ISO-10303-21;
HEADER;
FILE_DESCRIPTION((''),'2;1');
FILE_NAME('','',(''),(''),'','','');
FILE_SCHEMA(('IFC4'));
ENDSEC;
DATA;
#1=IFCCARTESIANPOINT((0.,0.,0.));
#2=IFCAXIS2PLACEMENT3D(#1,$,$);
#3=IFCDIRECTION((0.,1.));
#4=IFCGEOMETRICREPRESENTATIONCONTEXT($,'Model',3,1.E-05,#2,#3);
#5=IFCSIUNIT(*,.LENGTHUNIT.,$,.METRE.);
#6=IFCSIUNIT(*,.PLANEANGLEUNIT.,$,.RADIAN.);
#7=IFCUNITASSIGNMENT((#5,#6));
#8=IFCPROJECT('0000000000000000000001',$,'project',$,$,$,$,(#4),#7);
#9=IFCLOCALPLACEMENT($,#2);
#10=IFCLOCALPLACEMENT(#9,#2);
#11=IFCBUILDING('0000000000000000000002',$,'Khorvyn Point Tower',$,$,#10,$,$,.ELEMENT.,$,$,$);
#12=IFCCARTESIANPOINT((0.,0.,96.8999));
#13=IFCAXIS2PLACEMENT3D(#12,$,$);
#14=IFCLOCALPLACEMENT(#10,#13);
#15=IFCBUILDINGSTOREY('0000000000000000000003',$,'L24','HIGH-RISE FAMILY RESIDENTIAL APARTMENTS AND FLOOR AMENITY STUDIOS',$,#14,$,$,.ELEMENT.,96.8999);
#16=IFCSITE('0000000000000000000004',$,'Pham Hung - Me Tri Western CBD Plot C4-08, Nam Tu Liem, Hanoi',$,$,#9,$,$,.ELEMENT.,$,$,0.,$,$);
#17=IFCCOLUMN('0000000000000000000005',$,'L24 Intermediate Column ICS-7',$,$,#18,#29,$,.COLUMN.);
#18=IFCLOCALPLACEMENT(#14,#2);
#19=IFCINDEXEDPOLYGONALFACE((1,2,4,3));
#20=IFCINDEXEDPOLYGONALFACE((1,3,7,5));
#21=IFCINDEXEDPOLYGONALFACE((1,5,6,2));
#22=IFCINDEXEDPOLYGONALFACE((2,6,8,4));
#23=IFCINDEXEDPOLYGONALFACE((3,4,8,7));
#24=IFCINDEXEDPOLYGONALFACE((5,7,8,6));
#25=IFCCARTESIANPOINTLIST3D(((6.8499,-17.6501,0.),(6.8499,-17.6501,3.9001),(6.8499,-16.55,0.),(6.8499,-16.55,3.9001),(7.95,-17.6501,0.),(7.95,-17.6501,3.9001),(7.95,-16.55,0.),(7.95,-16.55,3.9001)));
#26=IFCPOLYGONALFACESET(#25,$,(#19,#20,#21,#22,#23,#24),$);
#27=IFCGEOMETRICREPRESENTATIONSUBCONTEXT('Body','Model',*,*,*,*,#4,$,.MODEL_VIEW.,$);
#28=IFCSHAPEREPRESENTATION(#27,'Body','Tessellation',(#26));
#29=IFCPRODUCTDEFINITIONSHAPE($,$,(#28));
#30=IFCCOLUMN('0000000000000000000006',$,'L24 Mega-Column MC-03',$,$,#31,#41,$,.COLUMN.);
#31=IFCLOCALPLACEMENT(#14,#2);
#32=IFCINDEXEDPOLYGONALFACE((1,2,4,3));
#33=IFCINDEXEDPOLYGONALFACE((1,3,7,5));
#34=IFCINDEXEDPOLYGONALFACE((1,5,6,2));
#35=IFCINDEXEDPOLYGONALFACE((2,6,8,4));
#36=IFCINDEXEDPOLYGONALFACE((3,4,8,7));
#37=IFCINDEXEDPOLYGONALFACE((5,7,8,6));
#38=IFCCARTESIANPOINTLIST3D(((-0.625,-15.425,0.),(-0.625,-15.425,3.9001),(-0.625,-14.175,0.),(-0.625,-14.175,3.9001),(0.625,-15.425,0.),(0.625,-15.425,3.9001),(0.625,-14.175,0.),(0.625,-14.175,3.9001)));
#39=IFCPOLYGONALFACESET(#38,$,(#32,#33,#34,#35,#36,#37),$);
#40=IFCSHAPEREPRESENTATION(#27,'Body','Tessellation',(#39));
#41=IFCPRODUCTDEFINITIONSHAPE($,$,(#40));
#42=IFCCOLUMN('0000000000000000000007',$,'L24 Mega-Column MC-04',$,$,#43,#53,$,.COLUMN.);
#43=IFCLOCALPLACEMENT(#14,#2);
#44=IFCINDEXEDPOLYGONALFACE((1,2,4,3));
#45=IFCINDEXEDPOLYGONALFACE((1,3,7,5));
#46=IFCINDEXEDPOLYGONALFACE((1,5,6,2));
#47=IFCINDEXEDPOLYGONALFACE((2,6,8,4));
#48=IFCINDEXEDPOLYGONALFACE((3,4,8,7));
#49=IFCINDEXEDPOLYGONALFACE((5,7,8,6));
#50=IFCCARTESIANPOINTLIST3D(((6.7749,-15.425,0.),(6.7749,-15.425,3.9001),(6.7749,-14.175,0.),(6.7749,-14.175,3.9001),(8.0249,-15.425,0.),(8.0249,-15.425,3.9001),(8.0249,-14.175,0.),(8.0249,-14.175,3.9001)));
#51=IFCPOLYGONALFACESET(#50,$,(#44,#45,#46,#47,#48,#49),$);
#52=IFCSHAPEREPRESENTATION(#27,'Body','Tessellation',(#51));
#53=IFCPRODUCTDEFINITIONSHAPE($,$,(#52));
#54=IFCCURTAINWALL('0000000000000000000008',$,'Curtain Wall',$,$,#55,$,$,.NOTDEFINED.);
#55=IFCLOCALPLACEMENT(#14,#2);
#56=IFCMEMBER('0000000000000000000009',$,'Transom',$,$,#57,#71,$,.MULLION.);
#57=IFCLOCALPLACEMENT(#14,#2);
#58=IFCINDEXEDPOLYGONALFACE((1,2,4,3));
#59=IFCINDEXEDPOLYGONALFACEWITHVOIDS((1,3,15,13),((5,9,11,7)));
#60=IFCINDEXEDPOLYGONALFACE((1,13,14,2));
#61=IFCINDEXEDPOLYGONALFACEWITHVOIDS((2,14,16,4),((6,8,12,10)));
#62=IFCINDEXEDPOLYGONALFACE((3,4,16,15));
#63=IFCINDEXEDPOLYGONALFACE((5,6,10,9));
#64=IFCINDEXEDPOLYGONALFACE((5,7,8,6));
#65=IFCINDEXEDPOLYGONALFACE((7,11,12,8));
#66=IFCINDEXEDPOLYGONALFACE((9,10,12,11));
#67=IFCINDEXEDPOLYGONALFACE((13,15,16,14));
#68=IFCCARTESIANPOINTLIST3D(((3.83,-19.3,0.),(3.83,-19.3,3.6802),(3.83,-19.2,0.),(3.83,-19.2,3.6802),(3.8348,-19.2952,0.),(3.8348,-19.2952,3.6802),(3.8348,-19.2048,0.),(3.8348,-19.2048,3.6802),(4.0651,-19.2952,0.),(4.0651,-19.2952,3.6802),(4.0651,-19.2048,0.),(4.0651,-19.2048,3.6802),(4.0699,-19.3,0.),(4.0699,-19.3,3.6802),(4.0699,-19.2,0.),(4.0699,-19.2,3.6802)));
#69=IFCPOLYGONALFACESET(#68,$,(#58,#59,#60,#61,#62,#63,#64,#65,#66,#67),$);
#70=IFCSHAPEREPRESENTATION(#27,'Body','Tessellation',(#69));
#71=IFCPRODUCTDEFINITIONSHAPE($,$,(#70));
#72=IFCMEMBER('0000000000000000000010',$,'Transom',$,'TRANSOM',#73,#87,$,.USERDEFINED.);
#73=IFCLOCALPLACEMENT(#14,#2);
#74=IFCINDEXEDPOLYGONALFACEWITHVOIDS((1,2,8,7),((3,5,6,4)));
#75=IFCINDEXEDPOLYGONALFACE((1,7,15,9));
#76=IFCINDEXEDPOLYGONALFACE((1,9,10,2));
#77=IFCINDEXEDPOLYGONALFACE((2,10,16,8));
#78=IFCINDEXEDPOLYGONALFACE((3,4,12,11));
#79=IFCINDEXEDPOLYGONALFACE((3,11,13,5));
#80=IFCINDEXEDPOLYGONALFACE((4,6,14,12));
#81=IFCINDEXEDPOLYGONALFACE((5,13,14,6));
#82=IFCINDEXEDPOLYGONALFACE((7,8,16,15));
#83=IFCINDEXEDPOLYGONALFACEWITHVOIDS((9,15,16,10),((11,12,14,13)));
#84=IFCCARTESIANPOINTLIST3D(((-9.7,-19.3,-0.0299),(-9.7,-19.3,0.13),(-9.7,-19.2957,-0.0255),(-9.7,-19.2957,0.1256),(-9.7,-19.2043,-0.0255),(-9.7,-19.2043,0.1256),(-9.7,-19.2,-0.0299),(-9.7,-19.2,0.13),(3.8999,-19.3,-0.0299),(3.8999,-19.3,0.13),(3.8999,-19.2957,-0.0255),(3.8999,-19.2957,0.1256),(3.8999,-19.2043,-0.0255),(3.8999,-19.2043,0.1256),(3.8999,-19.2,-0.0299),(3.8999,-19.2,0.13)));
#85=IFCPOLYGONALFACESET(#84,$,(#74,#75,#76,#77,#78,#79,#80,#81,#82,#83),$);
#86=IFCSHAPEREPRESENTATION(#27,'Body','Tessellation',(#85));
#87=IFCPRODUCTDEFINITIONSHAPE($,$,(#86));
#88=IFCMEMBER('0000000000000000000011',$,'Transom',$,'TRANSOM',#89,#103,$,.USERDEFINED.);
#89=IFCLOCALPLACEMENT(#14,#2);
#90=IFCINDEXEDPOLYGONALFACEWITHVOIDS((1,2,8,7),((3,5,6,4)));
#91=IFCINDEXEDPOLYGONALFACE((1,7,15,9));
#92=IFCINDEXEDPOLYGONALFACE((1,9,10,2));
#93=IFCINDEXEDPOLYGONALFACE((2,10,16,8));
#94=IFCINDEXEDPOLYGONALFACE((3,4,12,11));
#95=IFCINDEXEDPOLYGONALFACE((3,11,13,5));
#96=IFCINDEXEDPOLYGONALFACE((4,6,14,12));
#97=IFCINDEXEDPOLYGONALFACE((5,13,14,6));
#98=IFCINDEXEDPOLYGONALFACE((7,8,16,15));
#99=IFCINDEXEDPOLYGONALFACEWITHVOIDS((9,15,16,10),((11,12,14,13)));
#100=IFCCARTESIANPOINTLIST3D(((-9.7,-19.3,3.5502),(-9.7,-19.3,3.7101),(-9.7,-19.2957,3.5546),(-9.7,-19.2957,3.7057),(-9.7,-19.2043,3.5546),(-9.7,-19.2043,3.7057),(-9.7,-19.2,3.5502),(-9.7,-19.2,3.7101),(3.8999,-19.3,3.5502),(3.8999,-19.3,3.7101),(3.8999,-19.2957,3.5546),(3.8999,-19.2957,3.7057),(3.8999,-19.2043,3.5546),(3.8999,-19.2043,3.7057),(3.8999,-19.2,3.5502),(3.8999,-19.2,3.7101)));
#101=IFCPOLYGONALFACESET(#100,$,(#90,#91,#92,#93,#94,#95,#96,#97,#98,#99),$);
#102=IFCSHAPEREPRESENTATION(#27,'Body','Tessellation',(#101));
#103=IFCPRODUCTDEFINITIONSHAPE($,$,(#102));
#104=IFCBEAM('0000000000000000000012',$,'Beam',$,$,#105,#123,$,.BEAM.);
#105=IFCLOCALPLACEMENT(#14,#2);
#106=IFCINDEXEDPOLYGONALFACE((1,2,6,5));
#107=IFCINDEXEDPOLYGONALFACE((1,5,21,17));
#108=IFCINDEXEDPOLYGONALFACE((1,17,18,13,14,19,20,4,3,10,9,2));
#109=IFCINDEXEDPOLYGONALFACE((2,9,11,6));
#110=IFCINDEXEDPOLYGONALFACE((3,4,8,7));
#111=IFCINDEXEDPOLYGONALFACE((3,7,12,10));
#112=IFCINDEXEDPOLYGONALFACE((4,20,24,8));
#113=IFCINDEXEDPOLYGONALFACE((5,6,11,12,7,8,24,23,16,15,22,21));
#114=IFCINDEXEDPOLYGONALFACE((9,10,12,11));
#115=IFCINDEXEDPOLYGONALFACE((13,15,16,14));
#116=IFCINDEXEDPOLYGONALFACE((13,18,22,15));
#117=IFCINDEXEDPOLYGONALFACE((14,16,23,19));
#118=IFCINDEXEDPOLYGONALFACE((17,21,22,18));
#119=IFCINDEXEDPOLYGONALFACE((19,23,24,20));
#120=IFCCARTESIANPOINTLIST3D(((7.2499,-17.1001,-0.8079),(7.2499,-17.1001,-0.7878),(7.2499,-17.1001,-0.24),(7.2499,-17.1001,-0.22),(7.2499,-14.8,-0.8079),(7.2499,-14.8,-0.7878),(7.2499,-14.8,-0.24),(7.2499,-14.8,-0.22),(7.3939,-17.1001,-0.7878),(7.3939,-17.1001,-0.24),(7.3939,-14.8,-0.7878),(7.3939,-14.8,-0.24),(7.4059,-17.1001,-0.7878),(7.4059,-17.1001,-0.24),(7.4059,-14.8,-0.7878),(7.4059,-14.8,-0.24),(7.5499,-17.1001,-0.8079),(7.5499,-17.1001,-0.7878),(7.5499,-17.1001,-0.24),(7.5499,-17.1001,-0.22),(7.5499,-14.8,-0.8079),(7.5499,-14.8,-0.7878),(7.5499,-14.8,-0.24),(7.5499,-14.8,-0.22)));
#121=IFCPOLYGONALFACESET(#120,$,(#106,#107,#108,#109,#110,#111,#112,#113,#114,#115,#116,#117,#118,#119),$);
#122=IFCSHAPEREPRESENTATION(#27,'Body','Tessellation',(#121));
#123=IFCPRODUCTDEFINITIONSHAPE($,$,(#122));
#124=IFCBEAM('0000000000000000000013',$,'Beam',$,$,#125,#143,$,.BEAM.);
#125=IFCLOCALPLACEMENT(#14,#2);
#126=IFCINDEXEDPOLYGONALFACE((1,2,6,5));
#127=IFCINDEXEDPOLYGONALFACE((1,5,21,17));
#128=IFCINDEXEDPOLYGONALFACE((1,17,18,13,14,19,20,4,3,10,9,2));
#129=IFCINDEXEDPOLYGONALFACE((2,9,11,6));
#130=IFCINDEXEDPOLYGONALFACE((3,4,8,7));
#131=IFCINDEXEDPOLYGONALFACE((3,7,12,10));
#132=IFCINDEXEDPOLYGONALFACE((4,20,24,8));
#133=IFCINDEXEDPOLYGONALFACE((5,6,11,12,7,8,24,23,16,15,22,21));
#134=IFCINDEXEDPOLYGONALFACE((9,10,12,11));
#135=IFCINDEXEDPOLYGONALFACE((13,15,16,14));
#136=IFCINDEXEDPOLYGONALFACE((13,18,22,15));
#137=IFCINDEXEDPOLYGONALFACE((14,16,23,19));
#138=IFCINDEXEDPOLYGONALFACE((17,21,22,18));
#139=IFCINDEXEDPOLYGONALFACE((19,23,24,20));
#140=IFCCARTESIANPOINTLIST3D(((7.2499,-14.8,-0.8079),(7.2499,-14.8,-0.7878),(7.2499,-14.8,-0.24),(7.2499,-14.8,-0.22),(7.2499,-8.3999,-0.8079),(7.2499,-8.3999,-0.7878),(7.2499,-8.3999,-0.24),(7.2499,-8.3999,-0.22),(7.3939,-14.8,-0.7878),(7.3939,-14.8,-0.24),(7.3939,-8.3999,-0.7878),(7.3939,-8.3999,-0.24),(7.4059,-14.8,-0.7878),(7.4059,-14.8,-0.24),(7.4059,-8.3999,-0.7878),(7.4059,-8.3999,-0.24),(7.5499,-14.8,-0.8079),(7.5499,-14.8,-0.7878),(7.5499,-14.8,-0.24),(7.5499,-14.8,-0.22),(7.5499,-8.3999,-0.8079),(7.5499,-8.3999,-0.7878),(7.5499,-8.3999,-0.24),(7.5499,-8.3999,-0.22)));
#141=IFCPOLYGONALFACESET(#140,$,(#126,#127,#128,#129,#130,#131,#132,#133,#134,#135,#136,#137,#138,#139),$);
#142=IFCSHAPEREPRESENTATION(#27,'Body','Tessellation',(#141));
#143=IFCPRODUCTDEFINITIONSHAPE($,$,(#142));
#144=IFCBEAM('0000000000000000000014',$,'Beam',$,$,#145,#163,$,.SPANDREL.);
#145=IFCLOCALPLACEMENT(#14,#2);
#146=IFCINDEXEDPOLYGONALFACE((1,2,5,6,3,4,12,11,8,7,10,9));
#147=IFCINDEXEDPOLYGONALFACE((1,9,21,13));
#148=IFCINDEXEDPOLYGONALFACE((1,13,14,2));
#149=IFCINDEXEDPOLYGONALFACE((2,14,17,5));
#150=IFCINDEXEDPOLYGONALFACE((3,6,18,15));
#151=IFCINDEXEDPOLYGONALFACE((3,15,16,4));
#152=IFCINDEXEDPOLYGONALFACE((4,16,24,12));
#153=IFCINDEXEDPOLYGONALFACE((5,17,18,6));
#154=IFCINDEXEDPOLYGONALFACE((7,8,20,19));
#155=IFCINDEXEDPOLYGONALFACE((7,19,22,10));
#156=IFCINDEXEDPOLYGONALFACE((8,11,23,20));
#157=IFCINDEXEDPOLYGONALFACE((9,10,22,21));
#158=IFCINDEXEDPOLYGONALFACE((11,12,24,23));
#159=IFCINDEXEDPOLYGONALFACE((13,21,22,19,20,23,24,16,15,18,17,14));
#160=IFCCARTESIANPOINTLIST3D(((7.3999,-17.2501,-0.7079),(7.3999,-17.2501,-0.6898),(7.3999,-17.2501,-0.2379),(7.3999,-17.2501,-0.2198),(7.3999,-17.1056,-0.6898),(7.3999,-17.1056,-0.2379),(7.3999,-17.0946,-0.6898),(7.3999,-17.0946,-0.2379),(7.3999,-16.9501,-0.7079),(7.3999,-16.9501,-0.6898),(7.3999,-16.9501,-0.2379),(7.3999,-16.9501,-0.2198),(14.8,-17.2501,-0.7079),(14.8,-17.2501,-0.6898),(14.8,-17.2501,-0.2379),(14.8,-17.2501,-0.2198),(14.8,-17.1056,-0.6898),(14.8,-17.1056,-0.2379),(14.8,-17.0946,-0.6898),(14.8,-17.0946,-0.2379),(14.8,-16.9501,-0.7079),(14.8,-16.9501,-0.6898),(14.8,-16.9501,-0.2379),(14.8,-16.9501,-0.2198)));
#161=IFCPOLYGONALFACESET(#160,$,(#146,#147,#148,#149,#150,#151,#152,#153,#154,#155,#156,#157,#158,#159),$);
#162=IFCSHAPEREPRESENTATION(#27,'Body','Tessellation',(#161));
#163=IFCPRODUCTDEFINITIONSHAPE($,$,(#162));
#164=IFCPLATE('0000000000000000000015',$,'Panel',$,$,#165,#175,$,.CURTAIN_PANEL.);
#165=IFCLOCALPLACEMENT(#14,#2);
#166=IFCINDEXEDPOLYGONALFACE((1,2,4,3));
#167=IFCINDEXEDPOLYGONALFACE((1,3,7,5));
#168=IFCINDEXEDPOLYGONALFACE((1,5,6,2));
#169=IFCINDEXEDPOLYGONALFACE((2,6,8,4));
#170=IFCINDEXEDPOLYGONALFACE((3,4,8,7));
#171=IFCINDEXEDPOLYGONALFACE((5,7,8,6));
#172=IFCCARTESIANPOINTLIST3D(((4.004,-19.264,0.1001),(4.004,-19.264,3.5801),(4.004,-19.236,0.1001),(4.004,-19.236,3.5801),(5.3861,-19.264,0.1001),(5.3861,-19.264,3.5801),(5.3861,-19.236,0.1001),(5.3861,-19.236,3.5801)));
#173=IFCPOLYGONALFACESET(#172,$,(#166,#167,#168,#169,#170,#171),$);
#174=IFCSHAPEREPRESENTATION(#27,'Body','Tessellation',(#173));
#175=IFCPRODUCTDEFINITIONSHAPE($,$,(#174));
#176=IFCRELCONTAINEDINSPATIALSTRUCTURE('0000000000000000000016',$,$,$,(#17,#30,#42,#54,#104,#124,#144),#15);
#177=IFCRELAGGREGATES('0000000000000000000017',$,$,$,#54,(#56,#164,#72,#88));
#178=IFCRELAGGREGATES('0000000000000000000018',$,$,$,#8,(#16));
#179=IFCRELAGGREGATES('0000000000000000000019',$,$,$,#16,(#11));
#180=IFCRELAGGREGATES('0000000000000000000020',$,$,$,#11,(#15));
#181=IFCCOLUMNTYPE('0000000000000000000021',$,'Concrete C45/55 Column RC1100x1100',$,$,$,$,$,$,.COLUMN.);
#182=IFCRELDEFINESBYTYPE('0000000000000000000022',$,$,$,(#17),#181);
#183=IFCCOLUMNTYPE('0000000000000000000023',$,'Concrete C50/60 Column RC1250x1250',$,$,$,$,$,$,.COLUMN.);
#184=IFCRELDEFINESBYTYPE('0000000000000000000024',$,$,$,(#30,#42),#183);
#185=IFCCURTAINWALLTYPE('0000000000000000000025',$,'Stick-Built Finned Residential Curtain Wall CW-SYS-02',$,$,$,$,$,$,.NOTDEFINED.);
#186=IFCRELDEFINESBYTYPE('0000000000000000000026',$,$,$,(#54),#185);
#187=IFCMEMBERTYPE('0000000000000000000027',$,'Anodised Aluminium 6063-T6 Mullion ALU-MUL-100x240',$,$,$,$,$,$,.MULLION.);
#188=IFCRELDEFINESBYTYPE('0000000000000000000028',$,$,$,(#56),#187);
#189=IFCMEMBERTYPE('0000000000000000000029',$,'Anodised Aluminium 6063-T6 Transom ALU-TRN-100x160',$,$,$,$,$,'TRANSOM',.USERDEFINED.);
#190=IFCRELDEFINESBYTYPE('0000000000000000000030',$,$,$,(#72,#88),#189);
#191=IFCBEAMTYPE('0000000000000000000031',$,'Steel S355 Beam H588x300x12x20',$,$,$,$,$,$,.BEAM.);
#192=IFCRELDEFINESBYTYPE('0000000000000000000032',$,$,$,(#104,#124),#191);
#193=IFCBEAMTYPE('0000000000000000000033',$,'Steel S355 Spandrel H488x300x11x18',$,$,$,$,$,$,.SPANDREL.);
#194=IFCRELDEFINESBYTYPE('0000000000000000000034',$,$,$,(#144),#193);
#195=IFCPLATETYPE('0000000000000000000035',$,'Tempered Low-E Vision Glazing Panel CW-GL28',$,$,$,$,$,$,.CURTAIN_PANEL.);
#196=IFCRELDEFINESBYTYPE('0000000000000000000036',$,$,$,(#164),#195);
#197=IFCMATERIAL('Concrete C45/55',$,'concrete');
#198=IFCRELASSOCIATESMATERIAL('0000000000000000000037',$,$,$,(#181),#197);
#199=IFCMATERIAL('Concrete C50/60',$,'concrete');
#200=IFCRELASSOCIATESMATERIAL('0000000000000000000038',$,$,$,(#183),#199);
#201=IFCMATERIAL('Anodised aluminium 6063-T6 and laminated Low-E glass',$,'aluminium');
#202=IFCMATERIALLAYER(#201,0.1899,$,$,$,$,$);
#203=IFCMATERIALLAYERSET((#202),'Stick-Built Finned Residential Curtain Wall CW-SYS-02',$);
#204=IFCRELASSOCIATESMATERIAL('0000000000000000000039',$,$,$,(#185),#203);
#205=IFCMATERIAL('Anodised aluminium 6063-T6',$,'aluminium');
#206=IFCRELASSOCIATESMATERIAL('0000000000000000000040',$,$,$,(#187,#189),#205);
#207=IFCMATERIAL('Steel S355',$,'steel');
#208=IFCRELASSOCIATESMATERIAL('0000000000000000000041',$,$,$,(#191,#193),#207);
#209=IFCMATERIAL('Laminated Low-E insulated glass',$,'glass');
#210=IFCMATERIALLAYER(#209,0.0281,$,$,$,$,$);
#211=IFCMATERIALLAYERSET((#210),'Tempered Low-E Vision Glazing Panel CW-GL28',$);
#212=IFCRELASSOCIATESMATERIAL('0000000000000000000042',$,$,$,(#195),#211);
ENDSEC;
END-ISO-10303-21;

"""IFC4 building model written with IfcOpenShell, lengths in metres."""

from ifc_helpers import new_model, si_unit, direction, frame, origin, origin_2d, place, context, subcontext, project, spatial, rectangle, hollow_rectangle, i_section, extrude, material, layer, layer_set, material_profile, profile_set, type_object, element, aggregate, save


model = new_model("IFC4")

# Units and contexts
model_context = context("Model", 3, precision=1e-05, world=origin(), true_north=direction((0.0, 1.0)))
body_context = subcontext(model_context, "Body", "Model", "MODEL_VIEW")
ifc_project = project(units=[si_unit("LENGTHUNIT", "METRE"), si_unit("PLANEANGLEUNIT", "RADIAN")], contexts=[model_context])

# Site, building, storey
site_placement = place(None, origin())
site = spatial("IfcSite", under=ifc_project, at=site_placement, Name="Pham Hung - Me Tri Western CBD Plot C4-08, Nam Tu Liem, Hanoi", CompositionType="ELEMENT", RefElevation=0.0)
building_placement = place(site_placement, origin())
building = spatial("IfcBuilding", under=site, at=building_placement, Name="Khorvyn Point Tower", CompositionType="ELEMENT")
storey_placement = place(building_placement, frame((0.0, 0.0, 96.8999)))
storey = spatial("IfcBuildingStorey", under=building, at=storey_placement, Name="L24", Description="HIGH-RISE FAMILY RESIDENTIAL APARTMENTS AND FLOOR AMENITY STUDIOS", CompositionType="ELEMENT", Elevation=96.8999)

# Columns
ifc_material_1 = material(Name="Concrete C45/55", Category="concrete")
ifc_material_profile_1 = material_profile(ifc_material_1, rectangle(XDim=1.1001, YDim=1.1001, at=origin_2d()))
ifc_profile_set_1 = profile_set([ifc_material_profile_1], Name="Concrete C45/55 RC1100x1100")
column_type_1 = type_object("IfcColumnType", Name="Concrete C45/55 Column RC1100x1100", PredefinedType="COLUMN", material=ifc_profile_set_1)
column_placement = place(storey_placement, frame((7.3999, -17.1001, 0.0), z_axis=(0.0, 0.0, 1.0), x_axis=(1.0, 0.0, 0.0)))
element("IfcColumn", 1, at=column_placement, inside=storey, type_object=column_type_1, Name="L24 Intermediate Column ICS-7", PredefinedType="COLUMN", context=body_context, shape_type="SweptSolid", body=[
    extrude(rectangle(XDim=1.1001, YDim=1.1001, at=origin_2d()), origin(), (0.0, 0.0, 1.0), 3.9001),
])
ifc_material_2 = material(Name="Concrete C50/60", Category="concrete")
ifc_material_profile_2 = material_profile(ifc_material_2, rectangle(XDim=1.25, YDim=1.25, at=origin_2d()))
ifc_profile_set_2 = profile_set([ifc_material_profile_2], Name="Concrete C50/60 RC1250x1250")
column_type_2 = type_object("IfcColumnType", Name="Concrete C50/60 Column RC1250x1250", PredefinedType="COLUMN", material=ifc_profile_set_2)
for number, where, z_axis, x_axis, name in (
    (2, (0.0, -14.8, 0.0), (0.0, 0.0, 1.0), (1.0, 0.0, 0.0), "L24 Mega-Column MC-03"),
    (3, (7.3999, -14.8, 0.0), (0.0, 0.0, 1.0), (1.0, 0.0, 0.0), "L24 Mega-Column MC-04"),
):
    element("IfcColumn", number, at=place(storey_placement, frame(where, z_axis=z_axis, x_axis=x_axis)), inside=storey, type_object=column_type_2, Name=name, PredefinedType="COLUMN", context=body_context, shape_type="SweptSolid", body=[
        extrude(rectangle(XDim=1.25, YDim=1.25, at=origin_2d()), origin(), (0.0, 0.0, 1.0), 3.9001),
    ])

# Curtain wall, members
ifc_material_3 = material(Name="Anodised aluminium 6063-T6 and laminated Low-E glass", Category="aluminium")
ifc_layer_1 = layer(ifc_material_3, 0.1899)
ifc_layer_set_1 = layer_set([ifc_layer_1], Name="Stick-Built Finned Residential Curtain Wall CW-SYS-02")
curtain_wall_type = type_object("IfcCurtainWallType", Name="Stick-Built Finned Residential Curtain Wall CW-SYS-02", PredefinedType="NOTDEFINED", material=ifc_layer_set_1)
curtain_wall_placement = place(storey_placement, origin())
curtain_wall = element("IfcCurtainWall", 4, at=curtain_wall_placement, inside=storey, type_object=curtain_wall_type, Name="Curtain Wall", PredefinedType="NOTDEFINED")
ifc_material_4 = material(Name="Anodised aluminium 6063-T6", Category="aluminium")
ifc_material_profile_3 = material_profile(ifc_material_4, hollow_rectangle(XDim=0.1001, YDim=0.24, WallThickness=0.0049, at=origin_2d()))
ifc_profile_set_3 = profile_set([ifc_material_profile_3], Name="Anodised aluminium 6063-T6 ALU-MUL-100x240")
member_type_1 = type_object("IfcMemberType", Name="Anodised Aluminium 6063-T6 Mullion ALU-MUL-100x240", PredefinedType="MULLION", material=ifc_profile_set_3)
member_1_placement = place(storey_placement, frame((3.95, -19.25, 0.0), z_axis=(0.0, 0.0, 1.0), x_axis=(0.0, -1.0, 0.0)))
member_1 = element("IfcMember", 5, at=member_1_placement, type_object=member_type_1, Name="Transom", PredefinedType="MULLION", context=body_context, shape_type="SweptSolid", body=[
    extrude(hollow_rectangle(XDim=0.1001, YDim=0.24, WallThickness=0.0049, at=origin_2d()), origin(), (0.0, 0.0, 1.0), 3.6802),
])
ifc_material_profile_4 = material_profile(ifc_material_4, hollow_rectangle(XDim=0.1001, YDim=0.1599, WallThickness=0.0044, at=origin_2d()))
ifc_profile_set_4 = profile_set([ifc_material_profile_4], Name="Anodised aluminium 6063-T6 ALU-TRN-100x160")
member_type_2 = type_object("IfcMemberType", Name="Anodised Aluminium 6063-T6 Transom ALU-TRN-100x160", ElementType="TRANSOM", PredefinedType="USERDEFINED", material=ifc_profile_set_4)
member_2_placement = place(storey_placement, frame((3.8999, -19.25, 0.05), z_axis=(-1.0, 0.0, 0.0), x_axis=(0.0, -1.0, 0.0)))
member_2 = element("IfcMember", 6, at=member_2_placement, type_object=member_type_2, Name="Transom", ObjectType="TRANSOM", PredefinedType="USERDEFINED", context=body_context, shape_type="SweptSolid", body=[
    extrude(hollow_rectangle(XDim=0.1001, YDim=0.1599, WallThickness=0.0044, at=origin_2d()), origin(), (0.0, 0.0, 1.0), 13.5999),
])
member_3_placement = place(storey_placement, frame((3.8999, -19.25, 3.6301), z_axis=(-1.0, 0.0, 0.0), x_axis=(0.0, -1.0, 0.0)))
member_3 = element("IfcMember", 7, at=member_3_placement, type_object=member_type_2, Name="Transom", ObjectType="TRANSOM", PredefinedType="USERDEFINED", context=body_context, shape_type="SweptSolid", body=[
    extrude(hollow_rectangle(XDim=0.1001, YDim=0.1599, WallThickness=0.0044, at=origin_2d()), origin(), (0.0, 0.0, 1.0), 13.5999),
])

# Beams
ifc_material_5 = material(Name="Steel S355", Category="steel")
ifc_material_profile_5 = material_profile(ifc_material_5, i_section(OverallWidth=0.3, OverallDepth=0.5879, WebThickness=0.012, FlangeThickness=0.02, at=origin_2d()))
ifc_profile_set_5 = profile_set([ifc_material_profile_5], Name="Steel S355 H588x300x12x20")
beam_type_1 = type_object("IfcBeamType", Name="Steel S355 Beam H588x300x12x20", PredefinedType="BEAM", material=ifc_profile_set_5)
beam_1_placement = place(storey_placement, frame((7.3999, -17.1001, -0.5139), z_axis=(0.0, 1.0, 0.0), x_axis=(-1.0, 0.0, 0.0)))
element("IfcBeam", 8, at=beam_1_placement, inside=storey, type_object=beam_type_1, Name="Beam", PredefinedType="BEAM", context=body_context, shape_type="SweptSolid", body=[
    extrude(i_section(OverallWidth=0.3, OverallDepth=0.5879, WebThickness=0.012, FlangeThickness=0.02, at=origin_2d()), origin(), (0.0, 0.0, 1.0), 2.3),
])
beam_2_placement = place(storey_placement, frame((7.3999, -14.8, -0.5139), z_axis=(0.0, 1.0, 0.0), x_axis=(-1.0, 0.0, 0.0)))
element("IfcBeam", 9, at=beam_2_placement, inside=storey, type_object=beam_type_1, Name="Beam", PredefinedType="BEAM", context=body_context, shape_type="SweptSolid", body=[
    extrude(i_section(OverallWidth=0.3, OverallDepth=0.5879, WebThickness=0.012, FlangeThickness=0.02, at=origin_2d()), origin(), (0.0, 0.0, 1.0), 6.4001),
])
ifc_material_profile_6 = material_profile(ifc_material_5, i_section(OverallWidth=0.3, OverallDepth=0.488, WebThickness=0.011, FlangeThickness=0.0181, at=origin_2d()))
ifc_profile_set_6 = profile_set([ifc_material_profile_6], Name="Steel S355 H488x300x11x18")
beam_type_2 = type_object("IfcBeamType", Name="Steel S355 Spandrel H488x300x11x18", PredefinedType="SPANDREL", material=ifc_profile_set_6)
beam_3_placement = place(storey_placement, frame((7.3999, -17.1001, -0.4639), z_axis=(1.0, 0.0, 0.0), x_axis=(0.0, 1.0, 0.0)))
element("IfcBeam", 10, at=beam_3_placement, inside=storey, type_object=beam_type_2, Name="Beam", PredefinedType="SPANDREL", context=body_context, shape_type="SweptSolid", body=[
    extrude(i_section(OverallWidth=0.3, OverallDepth=0.488, WebThickness=0.011, FlangeThickness=0.0181, at=origin_2d()), origin(), (0.0, 0.0, 1.0), 7.4001),
])

# Plate
ifc_material_6 = material(Name="Laminated Low-E insulated glass", Category="glass")
ifc_layer_2 = layer(ifc_material_6, 0.0281)
ifc_layer_set_2 = layer_set([ifc_layer_2], Name="Tempered Low-E Vision Glazing Panel CW-GL28")
plate_type = type_object("IfcPlateType", Name="Tempered Low-E Vision Glazing Panel CW-GL28", PredefinedType="CURTAIN_PANEL", material=ifc_layer_set_2)
plate_1_placement = place(storey_placement, frame((4.6951, -19.25, 0.1001), z_axis=(0.0, 0.0, 1.0), x_axis=(-1.0, 0.0, 0.0)))
plate_1 = element("IfcPlate", 11, at=plate_1_placement, type_object=plate_type, Name="Panel", PredefinedType="CURTAIN_PANEL", context=body_context, shape_type="SweptSolid", body=[
    extrude(rectangle(XDim=1.3821, YDim=0.0281, at=origin_2d()), origin(), (0.0, 0.0, 1.0), 3.48),
])
aggregate(curtain_wall, [member_1, plate_1, member_2, member_3])

save(model, "model.ifc")
